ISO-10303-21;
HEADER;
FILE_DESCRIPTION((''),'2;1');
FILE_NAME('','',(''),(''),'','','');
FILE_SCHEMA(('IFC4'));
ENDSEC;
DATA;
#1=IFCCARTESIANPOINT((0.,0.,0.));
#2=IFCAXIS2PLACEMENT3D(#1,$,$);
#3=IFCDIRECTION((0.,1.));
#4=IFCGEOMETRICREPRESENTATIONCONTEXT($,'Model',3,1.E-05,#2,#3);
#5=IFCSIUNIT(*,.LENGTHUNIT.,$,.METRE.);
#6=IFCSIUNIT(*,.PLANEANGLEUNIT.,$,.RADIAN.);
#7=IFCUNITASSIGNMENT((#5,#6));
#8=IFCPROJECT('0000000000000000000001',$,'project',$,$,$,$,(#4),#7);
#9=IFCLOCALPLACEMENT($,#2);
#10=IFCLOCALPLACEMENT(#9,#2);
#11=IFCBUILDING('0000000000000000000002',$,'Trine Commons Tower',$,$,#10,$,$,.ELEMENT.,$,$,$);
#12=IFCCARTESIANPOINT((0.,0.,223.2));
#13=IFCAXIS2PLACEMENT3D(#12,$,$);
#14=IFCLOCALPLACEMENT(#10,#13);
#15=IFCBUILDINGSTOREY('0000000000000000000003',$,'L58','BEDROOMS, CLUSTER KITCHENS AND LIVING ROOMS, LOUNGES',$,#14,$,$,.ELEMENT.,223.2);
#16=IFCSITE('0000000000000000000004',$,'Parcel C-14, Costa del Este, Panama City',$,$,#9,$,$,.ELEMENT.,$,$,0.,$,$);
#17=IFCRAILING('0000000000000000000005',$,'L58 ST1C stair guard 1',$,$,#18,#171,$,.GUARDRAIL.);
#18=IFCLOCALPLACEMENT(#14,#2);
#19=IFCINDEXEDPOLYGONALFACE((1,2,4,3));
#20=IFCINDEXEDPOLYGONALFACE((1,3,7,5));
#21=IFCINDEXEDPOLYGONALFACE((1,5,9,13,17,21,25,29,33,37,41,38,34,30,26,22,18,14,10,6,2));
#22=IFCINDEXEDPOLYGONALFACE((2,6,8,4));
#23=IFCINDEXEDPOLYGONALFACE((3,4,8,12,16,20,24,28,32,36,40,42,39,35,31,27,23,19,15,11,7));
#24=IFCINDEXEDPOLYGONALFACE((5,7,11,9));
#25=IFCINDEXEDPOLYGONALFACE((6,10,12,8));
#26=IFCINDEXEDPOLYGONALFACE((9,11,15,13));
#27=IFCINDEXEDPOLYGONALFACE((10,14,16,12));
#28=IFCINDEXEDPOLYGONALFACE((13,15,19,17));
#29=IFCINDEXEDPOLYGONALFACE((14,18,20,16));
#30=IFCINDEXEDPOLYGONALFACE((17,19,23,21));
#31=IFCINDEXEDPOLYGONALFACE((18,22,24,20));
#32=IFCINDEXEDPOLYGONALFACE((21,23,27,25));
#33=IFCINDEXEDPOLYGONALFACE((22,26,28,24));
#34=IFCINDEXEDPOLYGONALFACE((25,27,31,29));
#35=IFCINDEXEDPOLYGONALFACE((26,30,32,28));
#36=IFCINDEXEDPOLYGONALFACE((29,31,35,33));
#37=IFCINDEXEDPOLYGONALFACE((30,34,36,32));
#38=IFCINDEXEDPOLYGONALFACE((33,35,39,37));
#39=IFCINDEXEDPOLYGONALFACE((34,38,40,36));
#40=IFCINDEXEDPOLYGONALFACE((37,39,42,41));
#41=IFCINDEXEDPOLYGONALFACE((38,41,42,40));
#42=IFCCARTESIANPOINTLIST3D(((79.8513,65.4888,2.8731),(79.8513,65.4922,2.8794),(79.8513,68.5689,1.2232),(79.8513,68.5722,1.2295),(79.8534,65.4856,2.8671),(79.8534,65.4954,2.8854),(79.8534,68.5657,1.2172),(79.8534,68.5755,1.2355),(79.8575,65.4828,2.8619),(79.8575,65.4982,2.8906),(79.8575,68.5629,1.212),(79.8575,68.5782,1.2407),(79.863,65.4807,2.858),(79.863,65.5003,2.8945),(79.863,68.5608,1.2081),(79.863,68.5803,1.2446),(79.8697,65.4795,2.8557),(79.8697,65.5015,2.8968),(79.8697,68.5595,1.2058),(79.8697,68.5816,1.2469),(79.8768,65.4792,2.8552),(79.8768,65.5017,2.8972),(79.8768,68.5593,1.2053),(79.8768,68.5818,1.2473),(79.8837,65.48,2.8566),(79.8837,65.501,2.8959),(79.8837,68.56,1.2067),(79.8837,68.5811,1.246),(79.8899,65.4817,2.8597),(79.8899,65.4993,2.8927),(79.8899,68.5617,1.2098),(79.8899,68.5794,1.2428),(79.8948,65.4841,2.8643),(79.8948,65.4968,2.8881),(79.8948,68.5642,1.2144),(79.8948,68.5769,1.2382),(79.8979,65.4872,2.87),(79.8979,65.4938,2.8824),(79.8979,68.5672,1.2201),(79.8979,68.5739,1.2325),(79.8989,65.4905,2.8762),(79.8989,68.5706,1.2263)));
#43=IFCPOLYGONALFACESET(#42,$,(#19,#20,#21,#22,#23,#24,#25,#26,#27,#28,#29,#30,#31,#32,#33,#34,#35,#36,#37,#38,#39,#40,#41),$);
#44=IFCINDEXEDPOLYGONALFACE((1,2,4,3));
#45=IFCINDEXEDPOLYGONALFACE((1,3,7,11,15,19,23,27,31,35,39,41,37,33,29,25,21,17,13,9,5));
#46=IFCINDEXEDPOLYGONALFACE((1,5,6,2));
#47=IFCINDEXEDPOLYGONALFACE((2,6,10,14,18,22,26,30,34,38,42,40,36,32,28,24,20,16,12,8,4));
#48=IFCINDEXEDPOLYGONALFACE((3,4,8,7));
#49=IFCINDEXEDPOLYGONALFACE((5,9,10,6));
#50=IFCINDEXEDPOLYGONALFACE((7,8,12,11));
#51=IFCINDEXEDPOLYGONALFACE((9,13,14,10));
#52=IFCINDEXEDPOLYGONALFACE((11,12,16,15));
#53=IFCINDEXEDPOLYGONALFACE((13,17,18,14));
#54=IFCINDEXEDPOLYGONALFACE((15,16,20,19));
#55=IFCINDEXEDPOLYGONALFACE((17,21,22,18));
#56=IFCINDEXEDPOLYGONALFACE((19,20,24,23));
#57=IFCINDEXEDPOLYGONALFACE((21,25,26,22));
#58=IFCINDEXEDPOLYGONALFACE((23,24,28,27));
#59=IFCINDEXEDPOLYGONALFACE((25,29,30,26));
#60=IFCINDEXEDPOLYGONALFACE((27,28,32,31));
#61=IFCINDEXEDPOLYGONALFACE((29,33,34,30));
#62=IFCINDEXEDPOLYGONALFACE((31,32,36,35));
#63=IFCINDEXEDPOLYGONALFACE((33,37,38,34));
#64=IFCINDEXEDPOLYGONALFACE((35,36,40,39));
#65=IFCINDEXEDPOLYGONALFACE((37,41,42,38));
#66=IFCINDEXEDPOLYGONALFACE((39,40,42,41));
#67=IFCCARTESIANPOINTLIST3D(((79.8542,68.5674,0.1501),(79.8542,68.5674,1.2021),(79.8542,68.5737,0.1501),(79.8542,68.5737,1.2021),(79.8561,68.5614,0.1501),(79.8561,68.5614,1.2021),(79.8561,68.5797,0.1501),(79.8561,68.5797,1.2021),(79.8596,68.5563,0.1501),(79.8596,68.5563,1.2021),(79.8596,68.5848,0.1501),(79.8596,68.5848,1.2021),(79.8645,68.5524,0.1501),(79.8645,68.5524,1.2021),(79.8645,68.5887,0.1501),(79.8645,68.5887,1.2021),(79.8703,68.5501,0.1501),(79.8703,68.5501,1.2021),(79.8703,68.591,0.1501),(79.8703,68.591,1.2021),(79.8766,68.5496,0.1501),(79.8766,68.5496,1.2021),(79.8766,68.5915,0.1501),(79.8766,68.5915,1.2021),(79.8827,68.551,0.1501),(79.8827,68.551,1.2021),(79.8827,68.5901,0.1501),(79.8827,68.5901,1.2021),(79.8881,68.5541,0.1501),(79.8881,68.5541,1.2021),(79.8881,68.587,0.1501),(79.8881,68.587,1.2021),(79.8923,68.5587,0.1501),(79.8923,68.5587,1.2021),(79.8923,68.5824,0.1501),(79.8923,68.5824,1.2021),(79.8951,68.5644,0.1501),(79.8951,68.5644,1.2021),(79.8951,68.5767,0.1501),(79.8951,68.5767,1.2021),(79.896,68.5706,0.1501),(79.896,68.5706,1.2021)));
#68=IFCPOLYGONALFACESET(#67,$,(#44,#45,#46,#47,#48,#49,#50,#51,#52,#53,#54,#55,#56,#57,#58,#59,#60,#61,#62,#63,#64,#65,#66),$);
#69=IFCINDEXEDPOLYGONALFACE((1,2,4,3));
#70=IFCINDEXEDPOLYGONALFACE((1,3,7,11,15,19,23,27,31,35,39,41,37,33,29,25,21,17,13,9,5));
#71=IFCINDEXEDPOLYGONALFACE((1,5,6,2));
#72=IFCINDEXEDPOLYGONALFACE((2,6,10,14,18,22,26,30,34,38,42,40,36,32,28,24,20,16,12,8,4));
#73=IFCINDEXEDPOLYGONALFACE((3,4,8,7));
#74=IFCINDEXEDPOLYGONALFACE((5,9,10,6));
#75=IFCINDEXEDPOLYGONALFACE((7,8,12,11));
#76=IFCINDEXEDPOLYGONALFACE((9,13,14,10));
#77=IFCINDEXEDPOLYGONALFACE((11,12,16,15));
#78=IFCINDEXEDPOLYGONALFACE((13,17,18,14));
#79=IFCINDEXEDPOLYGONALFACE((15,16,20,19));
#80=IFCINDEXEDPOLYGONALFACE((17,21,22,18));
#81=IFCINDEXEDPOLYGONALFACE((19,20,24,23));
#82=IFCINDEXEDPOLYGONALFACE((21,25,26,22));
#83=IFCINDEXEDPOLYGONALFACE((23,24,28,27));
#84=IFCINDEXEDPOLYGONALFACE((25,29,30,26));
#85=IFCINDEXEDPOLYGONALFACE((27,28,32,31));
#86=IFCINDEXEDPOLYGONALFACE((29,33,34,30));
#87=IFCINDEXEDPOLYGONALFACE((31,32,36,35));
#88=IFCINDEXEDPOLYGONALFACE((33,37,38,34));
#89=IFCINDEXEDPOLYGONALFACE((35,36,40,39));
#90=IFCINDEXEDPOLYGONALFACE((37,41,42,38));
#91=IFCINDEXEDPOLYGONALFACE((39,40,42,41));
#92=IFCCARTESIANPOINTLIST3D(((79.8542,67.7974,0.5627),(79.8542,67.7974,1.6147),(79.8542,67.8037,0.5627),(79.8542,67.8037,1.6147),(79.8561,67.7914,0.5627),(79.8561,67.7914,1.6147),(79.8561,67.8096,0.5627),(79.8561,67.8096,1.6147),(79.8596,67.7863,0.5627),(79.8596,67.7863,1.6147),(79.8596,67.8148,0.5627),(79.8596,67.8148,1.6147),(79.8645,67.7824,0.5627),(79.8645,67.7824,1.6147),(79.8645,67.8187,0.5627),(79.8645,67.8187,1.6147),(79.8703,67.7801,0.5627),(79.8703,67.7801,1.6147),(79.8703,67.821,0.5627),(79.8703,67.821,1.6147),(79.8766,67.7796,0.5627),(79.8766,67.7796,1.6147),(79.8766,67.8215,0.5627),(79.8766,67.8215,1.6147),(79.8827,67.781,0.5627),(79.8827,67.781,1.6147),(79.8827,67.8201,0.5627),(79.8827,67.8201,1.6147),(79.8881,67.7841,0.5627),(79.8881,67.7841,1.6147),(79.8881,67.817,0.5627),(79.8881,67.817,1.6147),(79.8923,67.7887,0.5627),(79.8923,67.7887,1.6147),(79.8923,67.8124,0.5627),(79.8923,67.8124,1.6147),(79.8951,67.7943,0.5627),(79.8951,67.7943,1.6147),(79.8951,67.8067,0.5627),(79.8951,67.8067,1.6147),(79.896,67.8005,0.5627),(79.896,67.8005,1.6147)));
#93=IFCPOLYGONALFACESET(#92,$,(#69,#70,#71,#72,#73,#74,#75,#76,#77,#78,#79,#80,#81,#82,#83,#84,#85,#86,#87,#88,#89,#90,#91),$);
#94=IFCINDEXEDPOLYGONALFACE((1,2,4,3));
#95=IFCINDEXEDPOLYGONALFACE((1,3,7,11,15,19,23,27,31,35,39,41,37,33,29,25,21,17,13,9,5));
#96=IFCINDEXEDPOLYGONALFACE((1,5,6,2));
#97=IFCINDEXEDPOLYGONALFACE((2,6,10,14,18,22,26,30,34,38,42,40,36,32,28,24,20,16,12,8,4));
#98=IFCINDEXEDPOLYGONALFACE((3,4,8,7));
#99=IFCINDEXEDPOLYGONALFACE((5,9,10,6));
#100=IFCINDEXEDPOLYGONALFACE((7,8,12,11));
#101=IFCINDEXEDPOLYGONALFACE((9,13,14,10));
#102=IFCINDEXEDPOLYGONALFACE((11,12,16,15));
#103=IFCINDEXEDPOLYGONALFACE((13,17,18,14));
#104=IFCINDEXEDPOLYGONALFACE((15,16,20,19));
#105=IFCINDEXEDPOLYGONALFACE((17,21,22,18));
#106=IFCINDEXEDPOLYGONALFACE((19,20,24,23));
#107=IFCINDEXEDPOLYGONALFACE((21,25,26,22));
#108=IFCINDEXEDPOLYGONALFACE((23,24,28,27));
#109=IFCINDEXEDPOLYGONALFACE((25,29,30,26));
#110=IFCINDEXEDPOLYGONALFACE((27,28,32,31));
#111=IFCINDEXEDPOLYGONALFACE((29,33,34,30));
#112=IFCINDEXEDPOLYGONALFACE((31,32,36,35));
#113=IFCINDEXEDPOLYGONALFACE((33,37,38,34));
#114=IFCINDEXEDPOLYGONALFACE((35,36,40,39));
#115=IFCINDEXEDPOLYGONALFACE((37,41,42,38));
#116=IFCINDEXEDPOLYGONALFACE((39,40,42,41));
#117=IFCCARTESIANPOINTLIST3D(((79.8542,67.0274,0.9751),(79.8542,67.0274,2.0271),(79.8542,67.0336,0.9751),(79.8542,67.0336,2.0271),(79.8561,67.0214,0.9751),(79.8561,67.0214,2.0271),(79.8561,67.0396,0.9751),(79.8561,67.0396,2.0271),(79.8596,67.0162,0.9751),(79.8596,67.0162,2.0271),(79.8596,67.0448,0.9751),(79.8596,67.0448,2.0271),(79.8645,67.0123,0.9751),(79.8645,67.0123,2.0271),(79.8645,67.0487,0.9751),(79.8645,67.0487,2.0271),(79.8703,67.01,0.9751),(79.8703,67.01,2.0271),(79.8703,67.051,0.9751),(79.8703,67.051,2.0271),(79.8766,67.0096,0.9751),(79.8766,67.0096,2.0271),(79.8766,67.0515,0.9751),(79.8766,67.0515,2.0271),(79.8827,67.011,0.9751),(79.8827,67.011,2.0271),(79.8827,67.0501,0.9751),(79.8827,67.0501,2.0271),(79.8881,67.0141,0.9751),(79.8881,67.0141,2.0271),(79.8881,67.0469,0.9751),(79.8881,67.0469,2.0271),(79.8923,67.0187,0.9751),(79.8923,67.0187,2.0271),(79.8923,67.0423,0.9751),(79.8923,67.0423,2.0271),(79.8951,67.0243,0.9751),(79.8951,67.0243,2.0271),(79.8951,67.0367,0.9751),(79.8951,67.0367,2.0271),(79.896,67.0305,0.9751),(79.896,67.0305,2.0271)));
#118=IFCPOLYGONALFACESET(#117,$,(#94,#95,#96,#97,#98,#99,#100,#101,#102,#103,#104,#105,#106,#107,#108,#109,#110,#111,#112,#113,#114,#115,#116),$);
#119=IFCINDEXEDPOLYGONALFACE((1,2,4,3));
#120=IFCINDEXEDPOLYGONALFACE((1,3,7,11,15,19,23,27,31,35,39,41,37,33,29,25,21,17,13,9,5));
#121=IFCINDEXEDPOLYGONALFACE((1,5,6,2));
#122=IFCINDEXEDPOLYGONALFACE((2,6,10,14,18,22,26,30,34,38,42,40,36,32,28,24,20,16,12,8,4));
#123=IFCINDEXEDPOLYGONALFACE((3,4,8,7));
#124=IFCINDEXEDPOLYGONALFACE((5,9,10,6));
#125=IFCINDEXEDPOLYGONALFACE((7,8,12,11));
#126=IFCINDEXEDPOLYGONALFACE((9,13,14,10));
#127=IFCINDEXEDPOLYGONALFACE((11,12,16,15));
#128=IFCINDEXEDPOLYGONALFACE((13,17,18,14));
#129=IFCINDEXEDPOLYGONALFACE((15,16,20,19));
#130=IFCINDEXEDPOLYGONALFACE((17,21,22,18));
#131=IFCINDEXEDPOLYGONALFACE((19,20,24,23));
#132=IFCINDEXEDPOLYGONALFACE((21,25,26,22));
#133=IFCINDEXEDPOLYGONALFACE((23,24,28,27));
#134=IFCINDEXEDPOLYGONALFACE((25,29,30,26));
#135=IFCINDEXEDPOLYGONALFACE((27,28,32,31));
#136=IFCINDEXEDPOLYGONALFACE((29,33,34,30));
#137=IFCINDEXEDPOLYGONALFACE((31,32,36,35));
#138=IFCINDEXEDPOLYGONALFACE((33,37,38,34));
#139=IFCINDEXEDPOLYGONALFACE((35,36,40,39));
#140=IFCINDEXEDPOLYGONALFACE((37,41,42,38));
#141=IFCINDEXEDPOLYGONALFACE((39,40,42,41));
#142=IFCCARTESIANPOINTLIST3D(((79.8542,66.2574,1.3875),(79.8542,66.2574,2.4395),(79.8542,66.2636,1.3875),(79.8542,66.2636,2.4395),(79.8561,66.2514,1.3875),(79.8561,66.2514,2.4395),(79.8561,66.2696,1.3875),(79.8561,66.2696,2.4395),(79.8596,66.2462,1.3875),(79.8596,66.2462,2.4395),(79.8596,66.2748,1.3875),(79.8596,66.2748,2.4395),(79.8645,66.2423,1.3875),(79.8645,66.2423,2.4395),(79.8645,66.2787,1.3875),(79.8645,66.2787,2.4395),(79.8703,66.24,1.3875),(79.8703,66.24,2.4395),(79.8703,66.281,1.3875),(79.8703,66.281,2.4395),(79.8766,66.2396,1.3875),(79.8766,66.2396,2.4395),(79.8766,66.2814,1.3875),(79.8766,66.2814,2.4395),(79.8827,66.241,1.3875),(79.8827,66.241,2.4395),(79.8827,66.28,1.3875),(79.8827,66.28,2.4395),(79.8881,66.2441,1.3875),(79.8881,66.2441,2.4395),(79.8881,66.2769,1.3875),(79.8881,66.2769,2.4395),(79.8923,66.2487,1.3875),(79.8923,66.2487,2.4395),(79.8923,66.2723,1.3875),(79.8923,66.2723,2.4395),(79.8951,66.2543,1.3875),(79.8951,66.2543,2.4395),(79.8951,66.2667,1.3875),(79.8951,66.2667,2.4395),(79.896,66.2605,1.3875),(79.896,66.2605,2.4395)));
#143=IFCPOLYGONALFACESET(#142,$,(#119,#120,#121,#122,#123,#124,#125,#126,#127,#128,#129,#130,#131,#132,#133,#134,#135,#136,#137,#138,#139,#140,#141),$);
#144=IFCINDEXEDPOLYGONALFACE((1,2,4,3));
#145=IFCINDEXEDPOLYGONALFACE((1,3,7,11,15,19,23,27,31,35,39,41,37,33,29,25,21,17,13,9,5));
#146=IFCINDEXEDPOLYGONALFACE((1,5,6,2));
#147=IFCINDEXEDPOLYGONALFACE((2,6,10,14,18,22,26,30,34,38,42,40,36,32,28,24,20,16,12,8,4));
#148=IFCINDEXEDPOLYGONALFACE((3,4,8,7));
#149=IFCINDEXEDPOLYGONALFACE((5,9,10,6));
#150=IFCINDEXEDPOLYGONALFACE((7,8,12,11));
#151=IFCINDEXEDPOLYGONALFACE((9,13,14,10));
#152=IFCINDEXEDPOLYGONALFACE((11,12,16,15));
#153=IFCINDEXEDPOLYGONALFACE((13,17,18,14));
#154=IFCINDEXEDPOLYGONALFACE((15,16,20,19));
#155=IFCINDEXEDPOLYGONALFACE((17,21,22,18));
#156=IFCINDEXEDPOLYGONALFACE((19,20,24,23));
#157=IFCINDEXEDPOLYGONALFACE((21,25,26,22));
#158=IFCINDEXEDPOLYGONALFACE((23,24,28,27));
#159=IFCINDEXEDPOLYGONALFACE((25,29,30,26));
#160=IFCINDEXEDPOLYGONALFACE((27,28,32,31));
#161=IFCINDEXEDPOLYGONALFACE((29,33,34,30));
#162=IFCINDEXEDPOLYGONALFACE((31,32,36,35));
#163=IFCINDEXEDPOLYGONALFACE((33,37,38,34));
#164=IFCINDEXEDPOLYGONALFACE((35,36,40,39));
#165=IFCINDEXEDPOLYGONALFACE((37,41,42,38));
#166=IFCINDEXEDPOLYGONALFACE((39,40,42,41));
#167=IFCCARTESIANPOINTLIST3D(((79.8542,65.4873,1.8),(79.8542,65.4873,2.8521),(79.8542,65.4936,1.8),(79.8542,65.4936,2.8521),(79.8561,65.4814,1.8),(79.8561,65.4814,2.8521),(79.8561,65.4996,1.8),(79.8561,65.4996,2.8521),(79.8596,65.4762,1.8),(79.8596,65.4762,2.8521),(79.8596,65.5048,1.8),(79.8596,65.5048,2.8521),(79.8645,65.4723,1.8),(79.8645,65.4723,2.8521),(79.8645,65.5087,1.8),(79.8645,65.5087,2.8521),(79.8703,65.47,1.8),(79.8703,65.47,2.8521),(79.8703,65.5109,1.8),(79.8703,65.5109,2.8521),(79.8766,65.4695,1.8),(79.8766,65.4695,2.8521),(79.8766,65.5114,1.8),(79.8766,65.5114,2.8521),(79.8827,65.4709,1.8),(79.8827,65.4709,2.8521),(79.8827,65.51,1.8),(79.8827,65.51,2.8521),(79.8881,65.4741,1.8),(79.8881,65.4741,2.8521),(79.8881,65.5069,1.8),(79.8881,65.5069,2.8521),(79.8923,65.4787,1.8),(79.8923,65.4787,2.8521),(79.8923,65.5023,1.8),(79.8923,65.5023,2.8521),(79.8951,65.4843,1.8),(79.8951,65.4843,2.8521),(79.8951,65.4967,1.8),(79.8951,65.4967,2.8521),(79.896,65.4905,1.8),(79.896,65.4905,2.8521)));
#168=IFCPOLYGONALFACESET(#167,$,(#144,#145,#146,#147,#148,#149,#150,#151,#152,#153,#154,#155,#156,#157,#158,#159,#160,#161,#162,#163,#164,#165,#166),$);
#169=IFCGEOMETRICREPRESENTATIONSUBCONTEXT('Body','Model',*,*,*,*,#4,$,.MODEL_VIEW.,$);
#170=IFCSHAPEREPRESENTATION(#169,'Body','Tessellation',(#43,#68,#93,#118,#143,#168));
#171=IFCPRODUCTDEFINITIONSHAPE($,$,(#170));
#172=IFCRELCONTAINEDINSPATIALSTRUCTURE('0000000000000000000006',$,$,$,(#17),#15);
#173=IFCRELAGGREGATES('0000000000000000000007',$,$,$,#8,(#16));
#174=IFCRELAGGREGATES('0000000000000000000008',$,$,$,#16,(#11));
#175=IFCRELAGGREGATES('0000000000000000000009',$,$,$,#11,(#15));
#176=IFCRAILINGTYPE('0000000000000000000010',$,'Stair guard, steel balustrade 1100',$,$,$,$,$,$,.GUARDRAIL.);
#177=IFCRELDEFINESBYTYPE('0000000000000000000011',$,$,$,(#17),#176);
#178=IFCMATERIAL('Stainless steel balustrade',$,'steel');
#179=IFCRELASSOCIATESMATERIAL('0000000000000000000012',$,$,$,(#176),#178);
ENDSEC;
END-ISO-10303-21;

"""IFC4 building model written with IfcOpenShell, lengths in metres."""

from ifc_helpers import new_model, si_unit, direction, frame, origin, origin_2d, place, context, subcontext, project, spatial, circle, extrude, material, type_object, element, save


model = new_model("IFC4")

# Units and contexts
model_context = context("Model", 3, precision=1e-05, world=origin(), true_north=direction((0.0, 1.0)))
body_context = subcontext(model_context, "Body", "Model", "MODEL_VIEW")
ifc_project = project(units=[si_unit("LENGTHUNIT", "METRE"), si_unit("PLANEANGLEUNIT", "RADIAN")], contexts=[model_context])

# Site, building, storey
site_placement = place(None, origin())
site = spatial("IfcSite", under=ifc_project, at=site_placement, Name="Parcel C-14, Costa del Este, Panama City", CompositionType="ELEMENT", RefElevation=0.0)
building_placement = place(site_placement, origin())
building = spatial("IfcBuilding", under=site, at=building_placement, Name="Trine Commons Tower", CompositionType="ELEMENT")
storey_placement = place(building_placement, frame((0.0, 0.0, 223.2)))
storey = spatial("IfcBuildingStorey", under=building, at=storey_placement, Name="L58", Description="BEDROOMS, CLUSTER KITCHENS AND LIVING ROOMS, LOUNGES", CompositionType="ELEMENT", Elevation=223.2)

# Railing
ifc_material_1 = material(Name="Stainless steel balustrade", Category="steel")
railing_type_1 = type_object("IfcRailingType", Name="Stair guard, steel balustrade 1100", PredefinedType="GUARDRAIL", material=ifc_material_1)
railing_1_placement = place(storey_placement, frame((79.875, 68.5706, 0.1501)))
element("IfcRailing", 1, at=railing_1_placement, inside=storey, type_object=railing_type_1, Name="L58 ST1C stair guard 1", PredefinedType="GUARDRAIL", context=body_context, shape_type="SweptSolid", body=[
    extrude(circle(Radius=0.0239, at=origin_2d()), frame((0.0, 0.0, 1.0762), z_axis=(0.0, -0.881497, 0.47219), x_axis=(1.0, 0.0, 0.0)), (0.0, 0.0, 1.0), 3.4941),
    extrude(circle(Radius=0.021, at=origin_2d()), origin(), (0.0, 0.0, 1.0), 1.052),
    extrude(circle(Radius=0.021, at=origin_2d()), frame((0.0, -0.77, 0.4126)), (0.0, 0.0, 1.0), 1.052),
    extrude(circle(Radius=0.021, at=origin_2d()), frame((0.0, -1.54, 0.825)), (0.0, 0.0, 1.0), 1.052),
    extrude(circle(Radius=0.021, at=origin_2d()), frame((0.0, -2.3101, 1.2373)), (0.0, 0.0, 1.0), 1.052),
    extrude(circle(Radius=0.021, at=origin_2d()), frame((0.0, -3.0801, 1.6499)), (0.0, 0.0, 1.0), 1.052),
])

save(model, "model.ifc")
